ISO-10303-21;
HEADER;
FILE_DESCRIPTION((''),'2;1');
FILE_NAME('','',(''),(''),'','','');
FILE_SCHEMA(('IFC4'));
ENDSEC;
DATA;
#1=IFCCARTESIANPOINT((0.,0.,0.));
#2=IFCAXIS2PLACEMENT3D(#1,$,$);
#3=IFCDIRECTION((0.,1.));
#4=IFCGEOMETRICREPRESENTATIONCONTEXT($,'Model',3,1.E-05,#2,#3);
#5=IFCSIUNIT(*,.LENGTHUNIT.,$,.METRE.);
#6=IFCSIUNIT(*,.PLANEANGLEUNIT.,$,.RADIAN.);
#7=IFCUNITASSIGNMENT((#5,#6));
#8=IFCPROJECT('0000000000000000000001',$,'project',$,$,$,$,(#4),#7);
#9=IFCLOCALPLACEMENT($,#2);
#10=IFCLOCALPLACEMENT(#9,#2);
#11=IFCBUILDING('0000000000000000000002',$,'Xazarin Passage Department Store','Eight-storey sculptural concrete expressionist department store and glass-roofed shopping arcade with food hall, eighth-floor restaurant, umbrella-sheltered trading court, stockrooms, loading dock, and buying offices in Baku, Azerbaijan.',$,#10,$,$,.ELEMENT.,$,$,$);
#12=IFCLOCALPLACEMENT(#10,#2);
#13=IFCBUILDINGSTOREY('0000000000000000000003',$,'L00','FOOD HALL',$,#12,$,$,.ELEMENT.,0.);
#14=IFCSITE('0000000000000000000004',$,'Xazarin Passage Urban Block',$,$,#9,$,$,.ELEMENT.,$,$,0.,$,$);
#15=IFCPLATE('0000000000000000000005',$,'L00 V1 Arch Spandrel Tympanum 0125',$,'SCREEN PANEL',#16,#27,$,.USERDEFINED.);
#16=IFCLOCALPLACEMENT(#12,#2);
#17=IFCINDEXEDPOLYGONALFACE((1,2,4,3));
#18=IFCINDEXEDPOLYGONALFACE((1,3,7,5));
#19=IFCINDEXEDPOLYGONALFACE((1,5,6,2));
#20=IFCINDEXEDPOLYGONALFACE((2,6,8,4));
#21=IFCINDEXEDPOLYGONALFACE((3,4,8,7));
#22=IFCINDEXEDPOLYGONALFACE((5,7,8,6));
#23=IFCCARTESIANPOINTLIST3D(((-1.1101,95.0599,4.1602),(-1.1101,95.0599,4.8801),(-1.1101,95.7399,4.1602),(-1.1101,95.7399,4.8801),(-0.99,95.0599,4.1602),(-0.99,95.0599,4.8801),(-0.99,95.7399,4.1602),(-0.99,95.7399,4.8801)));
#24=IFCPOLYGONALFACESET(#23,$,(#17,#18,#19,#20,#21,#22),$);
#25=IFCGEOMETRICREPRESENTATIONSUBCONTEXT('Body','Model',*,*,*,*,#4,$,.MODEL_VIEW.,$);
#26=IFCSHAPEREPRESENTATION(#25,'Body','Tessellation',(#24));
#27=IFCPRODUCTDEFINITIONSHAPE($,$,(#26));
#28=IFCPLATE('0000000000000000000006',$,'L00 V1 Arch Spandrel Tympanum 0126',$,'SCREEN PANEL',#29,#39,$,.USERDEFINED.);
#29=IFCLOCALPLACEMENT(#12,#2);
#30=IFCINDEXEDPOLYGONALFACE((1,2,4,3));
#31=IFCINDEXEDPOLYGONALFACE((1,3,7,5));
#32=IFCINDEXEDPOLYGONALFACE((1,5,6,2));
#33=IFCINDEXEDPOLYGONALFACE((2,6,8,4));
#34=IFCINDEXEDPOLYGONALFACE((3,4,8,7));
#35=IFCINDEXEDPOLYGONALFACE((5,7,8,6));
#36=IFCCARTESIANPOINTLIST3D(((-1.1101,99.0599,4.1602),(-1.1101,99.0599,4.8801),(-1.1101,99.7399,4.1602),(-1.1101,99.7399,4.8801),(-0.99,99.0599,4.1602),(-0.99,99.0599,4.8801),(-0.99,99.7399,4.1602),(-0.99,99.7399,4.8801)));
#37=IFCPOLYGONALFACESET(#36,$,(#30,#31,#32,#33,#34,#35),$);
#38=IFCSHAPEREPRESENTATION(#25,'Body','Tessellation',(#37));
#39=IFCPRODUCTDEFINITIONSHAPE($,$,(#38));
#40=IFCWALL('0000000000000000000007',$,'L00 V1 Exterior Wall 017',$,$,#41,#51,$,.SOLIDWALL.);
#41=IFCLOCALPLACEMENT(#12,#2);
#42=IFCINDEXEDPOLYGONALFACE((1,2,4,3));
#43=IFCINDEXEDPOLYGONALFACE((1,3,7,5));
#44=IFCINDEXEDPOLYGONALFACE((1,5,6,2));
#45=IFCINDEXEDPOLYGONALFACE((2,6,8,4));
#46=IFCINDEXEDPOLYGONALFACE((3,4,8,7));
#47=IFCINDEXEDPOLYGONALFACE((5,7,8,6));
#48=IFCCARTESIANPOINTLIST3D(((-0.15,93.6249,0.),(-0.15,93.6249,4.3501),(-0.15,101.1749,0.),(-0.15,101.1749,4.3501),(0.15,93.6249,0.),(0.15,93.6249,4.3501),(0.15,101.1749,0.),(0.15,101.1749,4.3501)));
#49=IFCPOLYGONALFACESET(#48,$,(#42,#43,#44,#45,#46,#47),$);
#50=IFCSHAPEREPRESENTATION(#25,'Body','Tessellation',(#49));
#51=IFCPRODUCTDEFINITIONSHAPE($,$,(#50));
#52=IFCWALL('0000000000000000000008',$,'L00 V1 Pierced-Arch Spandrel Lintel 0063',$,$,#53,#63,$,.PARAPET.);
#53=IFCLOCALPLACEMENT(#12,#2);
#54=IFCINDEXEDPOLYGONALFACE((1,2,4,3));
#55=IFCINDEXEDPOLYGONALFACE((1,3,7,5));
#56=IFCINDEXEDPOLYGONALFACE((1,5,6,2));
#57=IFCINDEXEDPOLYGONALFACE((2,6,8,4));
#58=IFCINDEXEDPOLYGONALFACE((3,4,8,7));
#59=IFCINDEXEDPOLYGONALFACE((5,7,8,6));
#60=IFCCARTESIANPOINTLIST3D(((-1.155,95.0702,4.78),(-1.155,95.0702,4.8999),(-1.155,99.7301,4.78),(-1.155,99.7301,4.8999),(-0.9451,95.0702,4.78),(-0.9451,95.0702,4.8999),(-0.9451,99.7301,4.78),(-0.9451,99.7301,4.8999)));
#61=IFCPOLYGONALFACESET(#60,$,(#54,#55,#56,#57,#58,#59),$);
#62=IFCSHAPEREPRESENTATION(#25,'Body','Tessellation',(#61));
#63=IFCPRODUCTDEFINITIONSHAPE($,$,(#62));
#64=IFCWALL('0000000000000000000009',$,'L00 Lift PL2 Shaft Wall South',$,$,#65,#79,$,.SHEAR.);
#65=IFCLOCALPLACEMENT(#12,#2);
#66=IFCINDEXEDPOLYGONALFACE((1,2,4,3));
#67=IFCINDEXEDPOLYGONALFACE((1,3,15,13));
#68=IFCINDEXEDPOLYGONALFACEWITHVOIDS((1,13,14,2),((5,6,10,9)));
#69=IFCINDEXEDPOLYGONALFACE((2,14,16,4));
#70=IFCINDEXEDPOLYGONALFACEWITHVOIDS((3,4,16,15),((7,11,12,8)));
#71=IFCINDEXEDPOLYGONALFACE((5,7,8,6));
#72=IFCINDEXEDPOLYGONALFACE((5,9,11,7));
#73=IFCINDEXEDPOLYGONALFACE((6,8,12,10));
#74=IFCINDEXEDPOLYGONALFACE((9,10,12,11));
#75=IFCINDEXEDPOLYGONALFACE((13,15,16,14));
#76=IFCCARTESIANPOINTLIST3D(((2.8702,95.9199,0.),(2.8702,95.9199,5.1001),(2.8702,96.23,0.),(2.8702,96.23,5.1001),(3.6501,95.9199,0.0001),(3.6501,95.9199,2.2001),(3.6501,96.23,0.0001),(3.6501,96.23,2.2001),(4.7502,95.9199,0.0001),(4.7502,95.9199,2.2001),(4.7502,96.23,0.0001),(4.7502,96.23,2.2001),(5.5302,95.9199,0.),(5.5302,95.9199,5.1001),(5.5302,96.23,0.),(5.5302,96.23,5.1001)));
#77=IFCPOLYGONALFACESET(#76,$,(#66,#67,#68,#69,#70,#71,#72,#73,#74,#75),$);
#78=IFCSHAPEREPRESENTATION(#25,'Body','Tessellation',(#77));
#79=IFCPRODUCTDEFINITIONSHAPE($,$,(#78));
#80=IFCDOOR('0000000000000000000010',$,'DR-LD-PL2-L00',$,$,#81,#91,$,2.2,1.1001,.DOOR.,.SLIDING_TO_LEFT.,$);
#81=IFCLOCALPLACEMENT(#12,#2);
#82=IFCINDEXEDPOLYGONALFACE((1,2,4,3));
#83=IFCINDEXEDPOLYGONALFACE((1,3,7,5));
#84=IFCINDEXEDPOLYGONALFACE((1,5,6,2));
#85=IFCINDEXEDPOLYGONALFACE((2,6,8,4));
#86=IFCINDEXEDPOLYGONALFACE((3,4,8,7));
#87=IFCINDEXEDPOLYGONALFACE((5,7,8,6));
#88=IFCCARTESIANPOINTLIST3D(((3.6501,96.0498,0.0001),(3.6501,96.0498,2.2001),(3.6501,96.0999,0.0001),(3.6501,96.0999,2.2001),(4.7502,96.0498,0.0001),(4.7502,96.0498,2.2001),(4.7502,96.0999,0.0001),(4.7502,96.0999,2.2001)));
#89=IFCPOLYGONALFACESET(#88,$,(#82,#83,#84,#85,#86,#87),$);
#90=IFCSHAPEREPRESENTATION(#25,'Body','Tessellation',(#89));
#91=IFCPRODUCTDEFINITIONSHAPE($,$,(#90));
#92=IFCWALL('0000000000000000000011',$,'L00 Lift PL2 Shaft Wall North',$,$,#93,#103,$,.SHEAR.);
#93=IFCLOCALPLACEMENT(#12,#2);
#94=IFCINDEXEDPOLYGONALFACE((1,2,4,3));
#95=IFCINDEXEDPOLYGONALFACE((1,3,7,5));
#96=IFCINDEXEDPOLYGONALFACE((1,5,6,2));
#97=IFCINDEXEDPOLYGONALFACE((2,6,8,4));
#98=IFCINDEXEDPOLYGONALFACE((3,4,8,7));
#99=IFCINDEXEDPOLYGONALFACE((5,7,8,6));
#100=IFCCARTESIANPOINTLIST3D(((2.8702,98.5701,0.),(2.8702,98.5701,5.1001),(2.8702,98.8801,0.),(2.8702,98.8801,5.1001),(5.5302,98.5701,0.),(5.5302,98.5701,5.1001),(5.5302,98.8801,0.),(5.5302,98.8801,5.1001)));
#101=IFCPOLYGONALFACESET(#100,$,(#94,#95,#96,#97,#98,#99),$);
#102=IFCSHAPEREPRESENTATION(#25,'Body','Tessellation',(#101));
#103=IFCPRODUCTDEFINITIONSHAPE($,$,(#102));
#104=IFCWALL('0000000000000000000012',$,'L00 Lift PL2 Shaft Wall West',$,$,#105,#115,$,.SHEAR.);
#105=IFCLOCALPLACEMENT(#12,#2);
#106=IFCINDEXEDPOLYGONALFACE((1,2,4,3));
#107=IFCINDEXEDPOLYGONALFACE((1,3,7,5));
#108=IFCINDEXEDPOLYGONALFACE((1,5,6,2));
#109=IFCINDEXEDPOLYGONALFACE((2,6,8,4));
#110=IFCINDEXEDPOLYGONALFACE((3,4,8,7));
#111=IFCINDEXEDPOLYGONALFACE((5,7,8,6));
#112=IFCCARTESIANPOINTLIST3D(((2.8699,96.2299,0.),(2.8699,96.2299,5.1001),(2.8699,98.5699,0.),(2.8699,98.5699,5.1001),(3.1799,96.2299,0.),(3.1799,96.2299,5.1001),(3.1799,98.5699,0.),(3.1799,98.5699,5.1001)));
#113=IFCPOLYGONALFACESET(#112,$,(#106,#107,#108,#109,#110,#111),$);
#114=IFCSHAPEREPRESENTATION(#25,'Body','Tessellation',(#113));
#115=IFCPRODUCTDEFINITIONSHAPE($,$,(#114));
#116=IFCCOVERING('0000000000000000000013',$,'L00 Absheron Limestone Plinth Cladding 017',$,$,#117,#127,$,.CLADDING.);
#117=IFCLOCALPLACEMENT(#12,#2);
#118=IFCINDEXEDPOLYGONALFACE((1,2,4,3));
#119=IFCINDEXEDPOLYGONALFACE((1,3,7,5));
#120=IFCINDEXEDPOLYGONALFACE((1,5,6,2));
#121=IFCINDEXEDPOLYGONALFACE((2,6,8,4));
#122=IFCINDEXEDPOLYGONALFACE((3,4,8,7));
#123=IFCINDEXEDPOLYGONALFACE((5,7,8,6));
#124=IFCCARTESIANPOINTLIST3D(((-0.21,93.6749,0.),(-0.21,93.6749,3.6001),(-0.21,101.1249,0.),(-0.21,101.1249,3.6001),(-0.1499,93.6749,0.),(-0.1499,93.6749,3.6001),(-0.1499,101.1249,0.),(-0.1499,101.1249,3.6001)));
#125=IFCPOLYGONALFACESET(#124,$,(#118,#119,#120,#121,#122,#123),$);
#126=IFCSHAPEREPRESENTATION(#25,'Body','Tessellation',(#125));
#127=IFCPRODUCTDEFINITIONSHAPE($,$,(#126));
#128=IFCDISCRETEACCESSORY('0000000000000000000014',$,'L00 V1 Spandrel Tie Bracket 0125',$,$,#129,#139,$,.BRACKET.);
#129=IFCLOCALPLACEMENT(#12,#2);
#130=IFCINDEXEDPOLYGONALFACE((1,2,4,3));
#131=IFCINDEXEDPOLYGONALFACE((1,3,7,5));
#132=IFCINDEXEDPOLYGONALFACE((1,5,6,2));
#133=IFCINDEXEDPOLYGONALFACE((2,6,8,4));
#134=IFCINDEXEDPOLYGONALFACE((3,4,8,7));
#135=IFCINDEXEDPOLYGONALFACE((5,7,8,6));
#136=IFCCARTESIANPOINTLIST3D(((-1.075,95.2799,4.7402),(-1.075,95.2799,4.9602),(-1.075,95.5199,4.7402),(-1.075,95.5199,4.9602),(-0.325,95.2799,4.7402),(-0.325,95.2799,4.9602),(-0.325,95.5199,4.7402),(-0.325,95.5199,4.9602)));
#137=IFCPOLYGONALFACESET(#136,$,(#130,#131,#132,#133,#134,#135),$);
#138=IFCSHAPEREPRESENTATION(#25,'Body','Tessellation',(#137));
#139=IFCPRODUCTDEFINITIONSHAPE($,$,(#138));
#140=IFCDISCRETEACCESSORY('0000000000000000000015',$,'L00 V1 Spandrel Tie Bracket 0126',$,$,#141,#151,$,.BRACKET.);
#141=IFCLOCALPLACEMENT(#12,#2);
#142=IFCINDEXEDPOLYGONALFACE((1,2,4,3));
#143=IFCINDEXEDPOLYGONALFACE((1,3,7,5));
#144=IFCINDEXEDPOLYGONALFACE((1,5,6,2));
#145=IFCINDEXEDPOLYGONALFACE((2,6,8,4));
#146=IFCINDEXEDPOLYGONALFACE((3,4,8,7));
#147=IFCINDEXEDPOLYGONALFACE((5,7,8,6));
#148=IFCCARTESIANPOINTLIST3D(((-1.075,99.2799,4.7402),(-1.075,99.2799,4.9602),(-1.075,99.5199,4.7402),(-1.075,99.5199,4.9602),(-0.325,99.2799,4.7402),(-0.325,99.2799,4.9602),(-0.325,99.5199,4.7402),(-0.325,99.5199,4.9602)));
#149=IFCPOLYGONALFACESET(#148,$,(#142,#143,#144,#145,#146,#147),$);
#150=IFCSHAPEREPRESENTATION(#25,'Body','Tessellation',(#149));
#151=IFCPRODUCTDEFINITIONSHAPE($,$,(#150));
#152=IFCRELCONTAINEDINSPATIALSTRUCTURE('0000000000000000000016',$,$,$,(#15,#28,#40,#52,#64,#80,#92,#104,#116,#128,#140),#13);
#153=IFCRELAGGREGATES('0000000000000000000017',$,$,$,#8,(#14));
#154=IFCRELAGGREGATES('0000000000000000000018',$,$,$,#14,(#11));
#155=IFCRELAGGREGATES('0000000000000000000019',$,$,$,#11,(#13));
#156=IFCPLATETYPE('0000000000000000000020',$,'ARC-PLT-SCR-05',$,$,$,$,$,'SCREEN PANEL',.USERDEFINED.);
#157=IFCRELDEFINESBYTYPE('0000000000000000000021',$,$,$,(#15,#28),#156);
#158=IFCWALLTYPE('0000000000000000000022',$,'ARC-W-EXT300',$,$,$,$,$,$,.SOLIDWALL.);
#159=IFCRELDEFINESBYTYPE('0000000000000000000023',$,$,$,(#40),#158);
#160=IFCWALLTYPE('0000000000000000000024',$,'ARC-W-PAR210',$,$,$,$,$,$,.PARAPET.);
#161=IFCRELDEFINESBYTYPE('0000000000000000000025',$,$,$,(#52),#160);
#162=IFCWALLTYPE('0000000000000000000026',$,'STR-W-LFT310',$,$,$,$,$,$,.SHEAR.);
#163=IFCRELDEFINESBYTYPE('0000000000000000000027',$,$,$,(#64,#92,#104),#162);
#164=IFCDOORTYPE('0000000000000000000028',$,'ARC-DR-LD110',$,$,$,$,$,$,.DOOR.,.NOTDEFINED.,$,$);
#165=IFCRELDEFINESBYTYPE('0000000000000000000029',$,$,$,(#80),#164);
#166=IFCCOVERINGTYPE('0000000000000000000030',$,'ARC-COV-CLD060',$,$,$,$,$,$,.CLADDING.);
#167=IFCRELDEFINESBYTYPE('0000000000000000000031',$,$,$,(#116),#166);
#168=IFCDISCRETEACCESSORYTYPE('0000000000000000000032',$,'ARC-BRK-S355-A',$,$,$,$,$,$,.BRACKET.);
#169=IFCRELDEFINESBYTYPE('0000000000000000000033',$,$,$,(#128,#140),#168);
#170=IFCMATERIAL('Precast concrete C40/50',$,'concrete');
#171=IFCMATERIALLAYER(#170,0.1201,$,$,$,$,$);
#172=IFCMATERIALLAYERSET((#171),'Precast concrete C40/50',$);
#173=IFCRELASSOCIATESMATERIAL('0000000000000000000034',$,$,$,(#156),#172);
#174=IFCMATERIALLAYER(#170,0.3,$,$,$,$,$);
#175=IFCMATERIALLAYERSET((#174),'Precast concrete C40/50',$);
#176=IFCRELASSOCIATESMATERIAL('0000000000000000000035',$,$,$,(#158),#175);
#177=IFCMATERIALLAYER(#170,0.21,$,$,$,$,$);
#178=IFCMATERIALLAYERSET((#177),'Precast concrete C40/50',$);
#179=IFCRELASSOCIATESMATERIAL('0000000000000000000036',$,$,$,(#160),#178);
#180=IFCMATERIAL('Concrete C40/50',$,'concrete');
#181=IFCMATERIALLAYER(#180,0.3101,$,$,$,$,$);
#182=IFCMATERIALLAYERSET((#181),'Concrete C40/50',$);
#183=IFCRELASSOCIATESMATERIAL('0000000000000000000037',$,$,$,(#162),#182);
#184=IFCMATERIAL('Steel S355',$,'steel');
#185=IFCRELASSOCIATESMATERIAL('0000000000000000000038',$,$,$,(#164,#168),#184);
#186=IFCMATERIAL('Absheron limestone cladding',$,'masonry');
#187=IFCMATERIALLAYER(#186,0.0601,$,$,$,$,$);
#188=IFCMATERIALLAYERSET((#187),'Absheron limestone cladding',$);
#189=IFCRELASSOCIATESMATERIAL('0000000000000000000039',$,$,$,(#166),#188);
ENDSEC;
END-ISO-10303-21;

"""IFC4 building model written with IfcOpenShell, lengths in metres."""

from ifc_helpers import new_model, si_unit, direction, frame, frame_2d, origin, origin_2d, place, context, subcontext, project, spatial, rectangle, extrude, material, layer, layer_set, type_object, element, fill, save


model = new_model("IFC4")

# Units and contexts
model_context = context("Model", 3, precision=1e-05, world=origin(), true_north=direction((0.0, 1.0)))
body_context = subcontext(model_context, "Body", "Model", "MODEL_VIEW")
ifc_project = project(units=[si_unit("LENGTHUNIT", "METRE"), si_unit("PLANEANGLEUNIT", "RADIAN")], contexts=[model_context])

# Site, building, storey
site_placement = place(None, origin())
site = spatial("IfcSite", under=ifc_project, at=site_placement, Name="Xazarin Passage Urban Block", CompositionType="ELEMENT", RefElevation=0.0)
building_placement = place(site_placement, origin())
building = spatial("IfcBuilding", under=site, at=building_placement, Name="Xazarin Passage Department Store", Description="Eight-storey sculptural concrete expressionist department store and glass-roofed shopping arcade with food hall, eighth-floor restaurant, umbrella-sheltered trading court, stockrooms, loading dock, and buying offices in Baku, Azerbaijan.", CompositionType="ELEMENT")
storey_placement = place(building_placement, origin())
storey = spatial("IfcBuildingStorey", under=building, at=storey_placement, Name="L00", Description="FOOD HALL", CompositionType="ELEMENT", Elevation=0.0)

# Shared definitions
ifc_material_1 = material(Name="Concrete C40/50", Category="concrete")

# Shared definitions
ifc_material_2 = material(Name="Steel S355", Category="steel")

# Plates
ifc_material_3 = material(Name="Precast concrete C40/50", Category="concrete")
ifc_layer_1 = layer(ifc_material_3, 0.1201)
ifc_layer_set_1 = layer_set([ifc_layer_1], Name="Precast concrete C40/50")
plate_type = type_object("IfcPlateType", Name="ARC-PLT-SCR-05", ElementType="SCREEN PANEL", PredefinedType="USERDEFINED", material=ifc_layer_set_1)
for number, where, z_axis, x_axis, name in (
    (1, (-1.05, 95.3999, 4.1602), (0.0, 0.0, 1.0), (0.0, 1.0, 0.0), "L00 V1 Arch Spandrel Tympanum 0125"),
    (2, (-1.05, 99.3999, 4.1602), (0.0, 0.0, 1.0), (0.0, 1.0, 0.0), "L00 V1 Arch Spandrel Tympanum 0126"),
):
    element("IfcPlate", number, at=place(storey_placement, frame(where, z_axis=z_axis, x_axis=x_axis)), inside=storey, type_object=plate_type, Name=name, ObjectType="SCREEN PANEL", PredefinedType="USERDEFINED", context=body_context, shape_type="SweptSolid", body=[
        extrude(rectangle(XDim=0.6799, YDim=0.1201, at=origin_2d()), origin(), (0.0, 0.0, 1.0), 0.72),
    ])

# Walls
ifc_layer_2 = layer(ifc_material_3, 0.3)
ifc_layer_set_2 = layer_set([ifc_layer_2], Name="Precast concrete C40/50")
wall_type_1 = type_object("IfcWallType", Name="ARC-W-EXT300", PredefinedType="SOLIDWALL", material=ifc_layer_set_2)
wall_1_placement = place(storey_placement, frame((0.0, 93.625, 0.0), z_axis=(0.0, 0.0, 1.0), x_axis=(0.0, 1.0, 0.0)))
element("IfcWall", 3, at=wall_1_placement, inside=storey, type_object=wall_type_1, Name="L00 V1 Exterior Wall 017", PredefinedType="SOLIDWALL", context=body_context, shape_type="SweptSolid", body=[
    extrude(rectangle(XDim=7.55, YDim=0.3, at=frame_2d((3.7749, 0.0))), origin(), (0.0, 0.0, 1.0), 4.3501),
])
ifc_layer_3 = layer(ifc_material_3, 0.21)
ifc_layer_set_3 = layer_set([ifc_layer_3], Name="Precast concrete C40/50")
wall_type_2 = type_object("IfcWallType", Name="ARC-W-PAR210", PredefinedType="PARAPET", material=ifc_layer_set_3)
wall_2_placement = place(storey_placement, frame((-1.05, 95.0701, 4.78), z_axis=(0.0, 0.0, 1.0), x_axis=(0.0, 1.0, 0.0)))
element("IfcWall", 4, at=wall_2_placement, inside=storey, type_object=wall_type_2, Name="L00 V1 Pierced-Arch Spandrel Lintel 0063", PredefinedType="PARAPET", context=body_context, shape_type="SweptSolid", body=[
    extrude(rectangle(XDim=4.6599, YDim=0.21, at=frame_2d((2.3301, 0.0))), origin(), (0.0, 0.0, 1.0), 0.1199),
])

# Wall, opening, door
ifc_layer_4 = layer(ifc_material_1, 0.3101)
ifc_layer_set_4 = layer_set([ifc_layer_4], Name="Concrete C40/50")
wall_type_3 = type_object("IfcWallType", Name="STR-W-LFT310", PredefinedType="SHEAR", material=ifc_layer_set_4)
wall_3_placement = place(storey_placement, frame((2.8701, 96.075, 0.0), z_axis=(0.0, 0.0, 1.0), x_axis=(1.0, 0.0, 0.0)))
wall_3 = element("IfcWall", 5, at=wall_3_placement, inside=storey, type_object=wall_type_3, Name="L00 Lift PL2 Shaft Wall South", PredefinedType="SHEAR", context=body_context, shape_type="SweptSolid", body=[
    extrude(rectangle(XDim=2.6599, YDim=0.3101, at=frame_2d((1.3301, 0.0))), origin(), (0.0, 0.0, 1.0), 5.1001),
])
opening_placement = place(wall_3_placement, frame((0.78, 0.0, 0.0)))
opening = element("IfcOpeningElement", 6, at=opening_placement, cuts=wall_3, PredefinedType="OPENING", context=body_context, shape_type="SweptSolid", body=[
    extrude(rectangle(XDim=1.1001, YDim=2.2, at=frame_2d((0.55, 1.1001))), frame((0.0, 0.165, 0.0), z_axis=(0.0, -1.0, 0.0), x_axis=(1.0, 0.0, 0.0)), (0.0, 0.0, 1.0), 0.3301),
])
door_type = type_object("IfcDoorType", Name="ARC-DR-LD110", OperationType="NOTDEFINED", PredefinedType="DOOR", material=ifc_material_2)
door_placement = place(opening_placement, origin())
door = element("IfcDoor", 7, at=door_placement, inside=storey, type_object=door_type, Name="DR-LD-PL2-L00", OperationType="SLIDING_TO_LEFT", OverallHeight=2.2, OverallWidth=1.1001, PredefinedType="DOOR", context=body_context, shape_type="SweptSolid", body=[
    extrude(rectangle(XDim=1.1001, YDim=2.2, at=frame_2d((0.55, 1.1001))), frame((0.0, 0.0249, 0.0), z_axis=(0.0, -1.0, 0.0), x_axis=(1.0, 0.0, 0.0)), (0.0, 0.0, 1.0), 0.05),
])
fill(opening, door)

# Walls
wall_4_placement = place(storey_placement, frame((2.8701, 98.7251, 0.0), z_axis=(0.0, 0.0, 1.0), x_axis=(1.0, 0.0, 0.0)))
element("IfcWall", 8, at=wall_4_placement, inside=storey, type_object=wall_type_3, Name="L00 Lift PL2 Shaft Wall North", PredefinedType="SHEAR", context=body_context, shape_type="SweptSolid", body=[
    extrude(rectangle(XDim=2.6599, YDim=0.3101, at=frame_2d((1.3301, 0.0))), origin(), (0.0, 0.0, 1.0), 5.1001),
])
wall_5_placement = place(storey_placement, frame((3.0249, 96.23, 0.0), z_axis=(0.0, 0.0, 1.0), x_axis=(0.0, 1.0, 0.0)))
element("IfcWall", 9, at=wall_5_placement, inside=storey, type_object=wall_type_3, Name="L00 Lift PL2 Shaft Wall West", PredefinedType="SHEAR", context=body_context, shape_type="SweptSolid", body=[
    extrude(rectangle(XDim=2.3401, YDim=0.3101, at=frame_2d((1.1699, 0.0))), origin(), (0.0, 0.0, 1.0), 5.1001),
])

# Covering
ifc_material_4 = material(Name="Absheron limestone cladding", Category="masonry")
ifc_layer_5 = layer(ifc_material_4, 0.0601)
ifc_layer_set_5 = layer_set([ifc_layer_5], Name="Absheron limestone cladding")
covering_type = type_object("IfcCoveringType", Name="ARC-COV-CLD060", PredefinedType="CLADDING", material=ifc_layer_set_5)
covering_placement = place(storey_placement, frame((-0.1799, 97.3999, 0.0), z_axis=(0.0, 0.0, 1.0), x_axis=(0.0, 1.0, 0.0)))
element("IfcCovering", 10, at=covering_placement, inside=storey, type_object=covering_type, Name="L00 Absheron Limestone Plinth Cladding 017", PredefinedType="CLADDING", context=body_context, shape_type="SweptSolid", body=[
    extrude(rectangle(XDim=7.45, YDim=0.0601, at=origin_2d()), origin(), (0.0, 0.0, 1.0), 3.6001),
])

# Discrete accessories
discrete_accessory_type = type_object("IfcDiscreteAccessoryType", Name="ARC-BRK-S355-A", PredefinedType="BRACKET", material=ifc_material_2)
for number, where, z_axis, x_axis, name in (
    (11, (-0.7, 95.3999, 4.7402), (0.0, 0.0, 1.0), (0.0, 1.0, 0.0), "L00 V1 Spandrel Tie Bracket 0125"),
    (12, (-0.7, 99.3999, 4.7402), (0.0, 0.0, 1.0), (0.0, 1.0, 0.0), "L00 V1 Spandrel Tie Bracket 0126"),
):
    element("IfcDiscreteAccessory", number, at=place(storey_placement, frame(where, z_axis=z_axis, x_axis=x_axis)), inside=storey, type_object=discrete_accessory_type, Name=name, PredefinedType="BRACKET", context=body_context, shape_type="SweptSolid", body=[
        extrude(rectangle(XDim=0.24, YDim=0.75, at=origin_2d()), origin(), (0.0, 0.0, 1.0), 0.22),
    ])

save(model, "model.ifc")
